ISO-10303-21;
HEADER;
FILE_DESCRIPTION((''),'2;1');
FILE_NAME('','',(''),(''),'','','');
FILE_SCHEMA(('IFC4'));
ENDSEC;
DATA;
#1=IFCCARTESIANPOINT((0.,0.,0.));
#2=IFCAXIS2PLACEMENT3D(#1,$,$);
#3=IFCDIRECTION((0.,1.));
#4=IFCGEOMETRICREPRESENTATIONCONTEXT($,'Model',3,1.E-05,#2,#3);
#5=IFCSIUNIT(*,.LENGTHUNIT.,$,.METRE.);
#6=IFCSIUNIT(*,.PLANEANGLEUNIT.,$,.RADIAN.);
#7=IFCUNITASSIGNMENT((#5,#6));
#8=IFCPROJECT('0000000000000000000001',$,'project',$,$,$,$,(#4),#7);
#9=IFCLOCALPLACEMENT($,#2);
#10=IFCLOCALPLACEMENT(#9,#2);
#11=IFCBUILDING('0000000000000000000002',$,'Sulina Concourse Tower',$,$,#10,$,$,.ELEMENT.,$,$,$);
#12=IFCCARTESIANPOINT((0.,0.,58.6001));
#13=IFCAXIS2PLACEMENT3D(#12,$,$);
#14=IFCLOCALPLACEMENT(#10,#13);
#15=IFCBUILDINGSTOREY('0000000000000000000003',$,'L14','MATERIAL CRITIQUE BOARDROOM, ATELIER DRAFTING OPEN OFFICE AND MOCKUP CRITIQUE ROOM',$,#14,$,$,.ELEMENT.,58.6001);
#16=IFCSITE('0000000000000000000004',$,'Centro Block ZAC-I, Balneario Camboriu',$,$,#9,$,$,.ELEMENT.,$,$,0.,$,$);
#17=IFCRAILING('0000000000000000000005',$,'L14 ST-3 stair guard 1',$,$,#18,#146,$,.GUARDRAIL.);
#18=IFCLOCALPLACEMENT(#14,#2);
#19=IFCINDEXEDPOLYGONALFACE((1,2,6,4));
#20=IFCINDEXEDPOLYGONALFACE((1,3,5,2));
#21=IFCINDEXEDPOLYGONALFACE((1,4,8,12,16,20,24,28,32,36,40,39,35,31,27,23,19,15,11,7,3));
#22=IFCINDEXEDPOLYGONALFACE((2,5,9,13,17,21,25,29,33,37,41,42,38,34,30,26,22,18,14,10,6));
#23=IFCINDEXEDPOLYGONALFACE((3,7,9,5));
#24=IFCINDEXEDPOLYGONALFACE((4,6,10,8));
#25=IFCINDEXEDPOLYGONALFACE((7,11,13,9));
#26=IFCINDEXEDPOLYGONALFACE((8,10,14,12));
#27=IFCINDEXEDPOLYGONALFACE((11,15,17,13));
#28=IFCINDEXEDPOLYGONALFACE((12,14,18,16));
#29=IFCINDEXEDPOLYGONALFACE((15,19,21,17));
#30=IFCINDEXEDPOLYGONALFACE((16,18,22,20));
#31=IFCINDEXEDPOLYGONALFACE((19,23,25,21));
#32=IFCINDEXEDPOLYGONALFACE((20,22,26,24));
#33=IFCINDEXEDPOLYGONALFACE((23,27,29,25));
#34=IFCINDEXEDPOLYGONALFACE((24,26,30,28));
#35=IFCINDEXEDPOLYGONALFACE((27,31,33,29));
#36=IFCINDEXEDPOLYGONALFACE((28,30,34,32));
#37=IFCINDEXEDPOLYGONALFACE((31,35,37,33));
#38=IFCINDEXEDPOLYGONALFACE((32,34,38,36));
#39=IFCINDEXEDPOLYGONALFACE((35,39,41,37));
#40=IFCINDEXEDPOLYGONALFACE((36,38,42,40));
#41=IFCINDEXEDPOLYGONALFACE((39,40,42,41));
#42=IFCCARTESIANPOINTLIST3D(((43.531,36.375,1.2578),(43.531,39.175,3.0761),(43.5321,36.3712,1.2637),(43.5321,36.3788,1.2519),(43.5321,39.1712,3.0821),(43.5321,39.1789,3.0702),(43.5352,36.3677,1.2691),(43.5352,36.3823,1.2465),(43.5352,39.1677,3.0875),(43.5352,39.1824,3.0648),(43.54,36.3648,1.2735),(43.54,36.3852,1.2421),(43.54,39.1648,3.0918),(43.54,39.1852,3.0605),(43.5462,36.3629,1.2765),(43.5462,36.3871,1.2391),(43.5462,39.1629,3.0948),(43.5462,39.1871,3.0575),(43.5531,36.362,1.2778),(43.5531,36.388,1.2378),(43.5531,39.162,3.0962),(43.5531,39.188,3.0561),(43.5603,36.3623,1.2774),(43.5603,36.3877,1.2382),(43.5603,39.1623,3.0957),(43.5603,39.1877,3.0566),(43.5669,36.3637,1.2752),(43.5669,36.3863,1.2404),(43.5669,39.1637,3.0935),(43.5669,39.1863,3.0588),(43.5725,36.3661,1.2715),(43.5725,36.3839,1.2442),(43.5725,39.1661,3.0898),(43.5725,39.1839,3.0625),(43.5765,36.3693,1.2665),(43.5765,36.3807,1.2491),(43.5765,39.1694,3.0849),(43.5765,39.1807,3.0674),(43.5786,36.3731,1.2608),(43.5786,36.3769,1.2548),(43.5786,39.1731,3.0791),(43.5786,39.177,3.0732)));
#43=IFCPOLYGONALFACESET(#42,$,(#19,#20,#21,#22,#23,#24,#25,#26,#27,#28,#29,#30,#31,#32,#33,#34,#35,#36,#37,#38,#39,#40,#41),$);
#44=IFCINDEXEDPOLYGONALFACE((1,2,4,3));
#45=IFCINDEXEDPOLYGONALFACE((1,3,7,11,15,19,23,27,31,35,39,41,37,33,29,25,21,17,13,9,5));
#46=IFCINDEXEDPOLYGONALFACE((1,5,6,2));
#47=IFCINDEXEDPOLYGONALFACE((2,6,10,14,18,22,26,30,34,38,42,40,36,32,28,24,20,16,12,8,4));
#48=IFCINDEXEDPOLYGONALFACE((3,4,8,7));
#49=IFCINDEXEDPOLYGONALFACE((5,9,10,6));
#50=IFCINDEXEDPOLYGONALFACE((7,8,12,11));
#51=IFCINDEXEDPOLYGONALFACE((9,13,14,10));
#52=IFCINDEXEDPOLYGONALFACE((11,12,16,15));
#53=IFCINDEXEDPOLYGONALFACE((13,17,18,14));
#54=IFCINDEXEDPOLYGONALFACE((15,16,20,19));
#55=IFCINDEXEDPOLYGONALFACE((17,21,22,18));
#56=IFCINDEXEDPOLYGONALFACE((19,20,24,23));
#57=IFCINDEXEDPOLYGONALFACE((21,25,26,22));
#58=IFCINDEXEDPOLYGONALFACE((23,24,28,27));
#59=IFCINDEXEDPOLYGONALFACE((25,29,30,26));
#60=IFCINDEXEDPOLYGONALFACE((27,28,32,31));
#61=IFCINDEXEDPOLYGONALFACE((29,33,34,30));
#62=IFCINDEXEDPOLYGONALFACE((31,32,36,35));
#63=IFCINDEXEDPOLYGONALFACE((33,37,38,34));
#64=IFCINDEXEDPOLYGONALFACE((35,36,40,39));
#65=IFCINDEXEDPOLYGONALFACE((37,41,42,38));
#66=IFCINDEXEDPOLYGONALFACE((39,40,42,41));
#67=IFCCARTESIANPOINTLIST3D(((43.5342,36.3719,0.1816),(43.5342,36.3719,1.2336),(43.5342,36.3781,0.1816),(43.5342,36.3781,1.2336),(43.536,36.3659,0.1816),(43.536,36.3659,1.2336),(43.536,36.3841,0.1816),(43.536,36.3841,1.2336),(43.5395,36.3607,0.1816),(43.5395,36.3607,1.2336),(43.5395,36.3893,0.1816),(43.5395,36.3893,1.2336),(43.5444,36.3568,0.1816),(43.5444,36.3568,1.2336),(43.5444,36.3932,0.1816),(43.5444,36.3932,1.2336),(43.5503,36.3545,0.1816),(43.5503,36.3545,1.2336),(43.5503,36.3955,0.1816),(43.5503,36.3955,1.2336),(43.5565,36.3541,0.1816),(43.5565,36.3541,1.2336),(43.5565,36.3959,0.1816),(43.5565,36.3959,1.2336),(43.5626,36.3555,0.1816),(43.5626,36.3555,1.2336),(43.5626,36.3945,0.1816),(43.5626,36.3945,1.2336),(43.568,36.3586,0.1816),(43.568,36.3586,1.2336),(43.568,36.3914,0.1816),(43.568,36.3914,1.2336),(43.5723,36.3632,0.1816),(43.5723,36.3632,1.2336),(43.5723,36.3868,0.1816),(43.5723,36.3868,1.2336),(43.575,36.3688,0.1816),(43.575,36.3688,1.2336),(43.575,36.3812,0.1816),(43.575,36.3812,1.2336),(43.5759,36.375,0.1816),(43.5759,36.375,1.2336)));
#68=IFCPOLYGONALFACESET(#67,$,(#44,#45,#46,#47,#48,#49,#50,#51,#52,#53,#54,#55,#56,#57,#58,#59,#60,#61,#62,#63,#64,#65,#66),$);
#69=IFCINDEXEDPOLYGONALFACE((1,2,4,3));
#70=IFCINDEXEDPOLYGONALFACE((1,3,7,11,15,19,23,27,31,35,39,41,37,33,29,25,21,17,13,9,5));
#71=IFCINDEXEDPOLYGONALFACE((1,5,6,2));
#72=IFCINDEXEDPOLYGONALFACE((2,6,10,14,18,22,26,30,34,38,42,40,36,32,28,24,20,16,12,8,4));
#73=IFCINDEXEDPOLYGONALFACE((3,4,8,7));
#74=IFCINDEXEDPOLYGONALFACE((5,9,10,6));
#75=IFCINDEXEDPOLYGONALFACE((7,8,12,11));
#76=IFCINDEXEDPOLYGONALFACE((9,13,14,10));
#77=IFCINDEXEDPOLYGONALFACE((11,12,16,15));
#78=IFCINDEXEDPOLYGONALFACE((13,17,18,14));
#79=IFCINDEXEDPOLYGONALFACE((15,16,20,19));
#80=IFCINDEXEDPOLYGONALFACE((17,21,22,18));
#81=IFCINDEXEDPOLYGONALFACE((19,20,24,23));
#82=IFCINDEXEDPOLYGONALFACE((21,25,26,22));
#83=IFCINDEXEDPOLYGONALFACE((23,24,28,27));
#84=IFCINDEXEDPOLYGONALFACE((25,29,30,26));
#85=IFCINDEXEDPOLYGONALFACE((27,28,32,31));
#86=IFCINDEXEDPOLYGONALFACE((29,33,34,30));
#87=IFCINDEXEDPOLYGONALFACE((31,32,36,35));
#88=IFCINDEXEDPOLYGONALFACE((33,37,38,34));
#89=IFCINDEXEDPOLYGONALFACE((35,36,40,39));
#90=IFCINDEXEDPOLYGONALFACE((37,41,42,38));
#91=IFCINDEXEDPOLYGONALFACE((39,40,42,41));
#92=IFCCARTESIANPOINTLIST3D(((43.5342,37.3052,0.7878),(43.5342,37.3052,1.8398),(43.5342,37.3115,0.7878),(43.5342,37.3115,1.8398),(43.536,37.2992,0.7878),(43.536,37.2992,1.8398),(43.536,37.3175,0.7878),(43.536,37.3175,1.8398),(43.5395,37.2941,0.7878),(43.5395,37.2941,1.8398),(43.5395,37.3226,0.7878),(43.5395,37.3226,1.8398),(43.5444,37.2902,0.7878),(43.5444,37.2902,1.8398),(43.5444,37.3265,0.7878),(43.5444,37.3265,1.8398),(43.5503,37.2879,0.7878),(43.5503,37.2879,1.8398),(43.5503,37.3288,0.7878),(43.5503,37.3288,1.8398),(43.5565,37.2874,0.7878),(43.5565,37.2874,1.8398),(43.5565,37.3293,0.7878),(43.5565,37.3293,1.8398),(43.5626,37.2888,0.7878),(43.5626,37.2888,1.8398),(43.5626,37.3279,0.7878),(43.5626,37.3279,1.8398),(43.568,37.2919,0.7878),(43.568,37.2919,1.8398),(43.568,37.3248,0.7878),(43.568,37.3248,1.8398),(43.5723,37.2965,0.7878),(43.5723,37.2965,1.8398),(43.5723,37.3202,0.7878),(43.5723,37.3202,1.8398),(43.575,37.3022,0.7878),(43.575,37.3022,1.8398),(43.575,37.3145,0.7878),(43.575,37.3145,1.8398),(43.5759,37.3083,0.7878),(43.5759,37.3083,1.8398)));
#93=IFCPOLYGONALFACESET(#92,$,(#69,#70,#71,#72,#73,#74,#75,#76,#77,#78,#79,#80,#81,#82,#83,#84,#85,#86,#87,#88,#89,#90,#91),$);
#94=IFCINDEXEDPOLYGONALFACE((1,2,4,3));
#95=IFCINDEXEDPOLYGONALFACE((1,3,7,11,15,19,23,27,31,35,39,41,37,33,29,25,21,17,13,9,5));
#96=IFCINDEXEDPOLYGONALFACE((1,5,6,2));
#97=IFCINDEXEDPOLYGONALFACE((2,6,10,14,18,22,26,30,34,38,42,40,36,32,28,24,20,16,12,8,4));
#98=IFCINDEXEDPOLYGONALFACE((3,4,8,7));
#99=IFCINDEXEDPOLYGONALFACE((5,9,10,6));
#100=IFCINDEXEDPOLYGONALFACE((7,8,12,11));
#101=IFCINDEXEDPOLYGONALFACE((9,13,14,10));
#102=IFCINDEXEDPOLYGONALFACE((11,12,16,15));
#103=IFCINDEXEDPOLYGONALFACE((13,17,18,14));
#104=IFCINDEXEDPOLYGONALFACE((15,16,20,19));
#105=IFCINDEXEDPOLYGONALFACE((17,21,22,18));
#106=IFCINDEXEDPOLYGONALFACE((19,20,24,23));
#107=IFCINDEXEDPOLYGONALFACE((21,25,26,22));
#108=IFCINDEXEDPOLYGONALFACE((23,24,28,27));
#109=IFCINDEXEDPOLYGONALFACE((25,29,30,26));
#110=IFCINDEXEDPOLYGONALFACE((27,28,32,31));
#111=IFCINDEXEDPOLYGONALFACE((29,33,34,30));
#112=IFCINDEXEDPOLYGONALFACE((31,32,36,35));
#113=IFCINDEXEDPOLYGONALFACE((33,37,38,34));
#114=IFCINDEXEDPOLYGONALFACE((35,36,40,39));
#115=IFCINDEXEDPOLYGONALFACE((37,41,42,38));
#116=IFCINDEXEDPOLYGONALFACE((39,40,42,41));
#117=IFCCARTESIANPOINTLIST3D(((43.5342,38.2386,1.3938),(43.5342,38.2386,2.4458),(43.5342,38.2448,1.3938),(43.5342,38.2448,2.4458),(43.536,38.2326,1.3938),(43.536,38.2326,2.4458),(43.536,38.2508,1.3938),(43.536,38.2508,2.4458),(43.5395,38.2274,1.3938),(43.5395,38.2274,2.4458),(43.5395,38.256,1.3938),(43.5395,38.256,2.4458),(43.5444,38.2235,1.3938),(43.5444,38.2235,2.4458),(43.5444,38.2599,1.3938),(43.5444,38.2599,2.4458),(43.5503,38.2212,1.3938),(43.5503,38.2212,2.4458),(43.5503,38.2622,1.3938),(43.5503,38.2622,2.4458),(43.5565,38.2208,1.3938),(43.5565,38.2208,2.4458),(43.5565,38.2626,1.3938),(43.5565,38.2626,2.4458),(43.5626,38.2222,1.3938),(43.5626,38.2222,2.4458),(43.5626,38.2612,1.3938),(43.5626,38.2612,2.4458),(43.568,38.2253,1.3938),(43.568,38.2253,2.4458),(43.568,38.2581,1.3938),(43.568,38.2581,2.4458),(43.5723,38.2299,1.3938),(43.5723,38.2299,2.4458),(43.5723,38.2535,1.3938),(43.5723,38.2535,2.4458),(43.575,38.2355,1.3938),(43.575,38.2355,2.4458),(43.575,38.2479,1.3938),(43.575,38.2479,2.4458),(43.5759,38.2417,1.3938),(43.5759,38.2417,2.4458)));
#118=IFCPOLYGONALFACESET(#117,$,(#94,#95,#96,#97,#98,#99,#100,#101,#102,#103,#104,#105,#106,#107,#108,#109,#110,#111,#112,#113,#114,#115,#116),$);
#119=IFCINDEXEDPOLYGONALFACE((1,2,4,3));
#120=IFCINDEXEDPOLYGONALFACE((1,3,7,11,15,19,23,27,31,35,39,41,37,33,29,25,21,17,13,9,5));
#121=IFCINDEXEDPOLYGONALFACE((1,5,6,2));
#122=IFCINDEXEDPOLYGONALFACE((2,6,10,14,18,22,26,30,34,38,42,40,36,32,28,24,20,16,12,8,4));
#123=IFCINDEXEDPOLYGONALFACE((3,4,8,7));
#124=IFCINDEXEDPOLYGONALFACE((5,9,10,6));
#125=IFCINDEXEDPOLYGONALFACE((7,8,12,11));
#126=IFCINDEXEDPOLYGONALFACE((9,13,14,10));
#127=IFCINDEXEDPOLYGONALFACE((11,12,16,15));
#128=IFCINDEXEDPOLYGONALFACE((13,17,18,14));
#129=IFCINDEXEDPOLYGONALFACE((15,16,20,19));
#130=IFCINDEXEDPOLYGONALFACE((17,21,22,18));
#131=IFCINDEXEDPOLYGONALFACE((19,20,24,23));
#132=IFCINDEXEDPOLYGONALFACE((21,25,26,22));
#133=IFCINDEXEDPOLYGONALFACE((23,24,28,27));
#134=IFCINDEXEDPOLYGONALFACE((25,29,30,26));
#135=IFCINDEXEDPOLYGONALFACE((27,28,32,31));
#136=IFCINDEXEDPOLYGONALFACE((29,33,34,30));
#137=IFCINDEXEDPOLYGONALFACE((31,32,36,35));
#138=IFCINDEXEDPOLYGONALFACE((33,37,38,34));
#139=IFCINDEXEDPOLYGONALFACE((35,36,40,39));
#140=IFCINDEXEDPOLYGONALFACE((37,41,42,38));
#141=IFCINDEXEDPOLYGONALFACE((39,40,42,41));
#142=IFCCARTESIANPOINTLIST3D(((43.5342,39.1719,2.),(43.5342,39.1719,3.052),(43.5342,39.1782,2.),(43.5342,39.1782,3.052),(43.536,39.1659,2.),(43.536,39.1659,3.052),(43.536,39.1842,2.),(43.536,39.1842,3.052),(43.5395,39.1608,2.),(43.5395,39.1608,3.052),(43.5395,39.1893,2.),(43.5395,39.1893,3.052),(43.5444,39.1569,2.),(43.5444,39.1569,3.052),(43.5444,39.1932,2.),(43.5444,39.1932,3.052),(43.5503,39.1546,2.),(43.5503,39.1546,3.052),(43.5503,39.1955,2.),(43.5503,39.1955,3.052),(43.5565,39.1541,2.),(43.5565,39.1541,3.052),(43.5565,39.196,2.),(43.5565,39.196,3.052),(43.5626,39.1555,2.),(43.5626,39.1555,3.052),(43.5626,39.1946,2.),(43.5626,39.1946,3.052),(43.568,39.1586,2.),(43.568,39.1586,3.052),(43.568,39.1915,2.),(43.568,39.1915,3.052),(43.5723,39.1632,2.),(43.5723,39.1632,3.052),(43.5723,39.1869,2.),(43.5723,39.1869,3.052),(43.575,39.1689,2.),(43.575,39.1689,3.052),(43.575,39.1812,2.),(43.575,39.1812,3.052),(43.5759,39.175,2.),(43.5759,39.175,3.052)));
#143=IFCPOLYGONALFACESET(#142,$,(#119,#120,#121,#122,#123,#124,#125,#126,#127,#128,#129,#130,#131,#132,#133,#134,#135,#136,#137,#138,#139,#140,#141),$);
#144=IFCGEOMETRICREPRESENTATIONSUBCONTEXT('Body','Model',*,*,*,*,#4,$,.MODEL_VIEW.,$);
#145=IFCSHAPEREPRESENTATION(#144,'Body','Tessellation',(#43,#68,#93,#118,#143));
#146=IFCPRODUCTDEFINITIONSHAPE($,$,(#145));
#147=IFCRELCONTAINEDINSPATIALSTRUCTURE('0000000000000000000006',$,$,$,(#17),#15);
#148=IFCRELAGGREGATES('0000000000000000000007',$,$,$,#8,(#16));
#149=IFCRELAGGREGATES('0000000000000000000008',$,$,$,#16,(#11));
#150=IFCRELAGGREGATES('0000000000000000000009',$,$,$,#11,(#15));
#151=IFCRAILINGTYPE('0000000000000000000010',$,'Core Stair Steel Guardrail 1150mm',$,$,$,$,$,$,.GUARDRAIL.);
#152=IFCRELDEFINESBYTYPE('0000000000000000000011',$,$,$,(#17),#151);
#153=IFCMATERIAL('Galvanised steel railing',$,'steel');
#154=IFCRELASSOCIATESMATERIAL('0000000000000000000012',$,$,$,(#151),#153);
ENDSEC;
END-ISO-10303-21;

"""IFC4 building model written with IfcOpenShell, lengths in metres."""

from ifc_helpers import new_model, si_unit, direction, frame, origin, origin_2d, place, context, subcontext, project, spatial, circle, extrude, material, type_object, element, save


model = new_model("IFC4")

# Units and contexts
model_context = context("Model", 3, precision=1e-05, world=origin(), true_north=direction((0.0, 1.0)))
body_context = subcontext(model_context, "Body", "Model", "MODEL_VIEW")
ifc_project = project(units=[si_unit("LENGTHUNIT", "METRE"), si_unit("PLANEANGLEUNIT", "RADIAN")], contexts=[model_context])

# Site, building, storey
site_placement = place(None, origin())
site = spatial("IfcSite", under=ifc_project, at=site_placement, Name="Centro Block ZAC-I, Balneario Camboriu", CompositionType="ELEMENT", RefElevation=0.0)
building_placement = place(site_placement, origin())
building = spatial("IfcBuilding", under=site, at=building_placement, Name="Sulina Concourse Tower", CompositionType="ELEMENT")
storey_placement = place(building_placement, frame((0.0, 0.0, 58.6001)))
storey = spatial("IfcBuildingStorey", under=building, at=storey_placement, Name="L14", Description="MATERIAL CRITIQUE BOARDROOM, ATELIER DRAFTING OPEN OFFICE AND MOCKUP CRITIQUE ROOM", CompositionType="ELEMENT", Elevation=58.6001)

# Railing
ifc_material_1 = material(Name="Galvanised steel railing", Category="steel")
railing_type_1 = type_object("IfcRailingType", Name="Core Stair Steel Guardrail 1150mm", PredefinedType="GUARDRAIL", material=ifc_material_1)
railing_1_placement = place(storey_placement, frame((43.5549, 36.375, 0.1816)))
element("IfcRailing", 1, at=railing_1_placement, inside=storey, type_object=railing_type_1, Name="L14 ST-3 stair guard 1", PredefinedType="GUARDRAIL", context=body_context, shape_type="SweptSolid", body=[
    extrude(circle(Radius=0.0239, at=origin_2d()), frame((0.0, 0.0, 1.0762), z_axis=(0.0, 0.838672, 0.544636), x_axis=(-1.0, 0.0, 0.0)), (0.0, 0.0, 1.0), 3.3386),
    extrude(circle(Radius=0.021, at=origin_2d()), origin(), (0.0, 0.0, 1.0), 1.052),
    extrude(circle(Radius=0.021, at=origin_2d()), frame((0.0, 0.9333, 0.6062)), (0.0, 0.0, 1.0), 1.052),
    extrude(circle(Radius=0.021, at=origin_2d()), frame((0.0, 1.8667, 1.2122)), (0.0, 0.0, 1.0), 1.052),
    extrude(circle(Radius=0.021, at=origin_2d()), frame((0.0, 2.8, 1.8184)), (0.0, 0.0, 1.0), 1.052),
])

save(model, "model.ifc")
